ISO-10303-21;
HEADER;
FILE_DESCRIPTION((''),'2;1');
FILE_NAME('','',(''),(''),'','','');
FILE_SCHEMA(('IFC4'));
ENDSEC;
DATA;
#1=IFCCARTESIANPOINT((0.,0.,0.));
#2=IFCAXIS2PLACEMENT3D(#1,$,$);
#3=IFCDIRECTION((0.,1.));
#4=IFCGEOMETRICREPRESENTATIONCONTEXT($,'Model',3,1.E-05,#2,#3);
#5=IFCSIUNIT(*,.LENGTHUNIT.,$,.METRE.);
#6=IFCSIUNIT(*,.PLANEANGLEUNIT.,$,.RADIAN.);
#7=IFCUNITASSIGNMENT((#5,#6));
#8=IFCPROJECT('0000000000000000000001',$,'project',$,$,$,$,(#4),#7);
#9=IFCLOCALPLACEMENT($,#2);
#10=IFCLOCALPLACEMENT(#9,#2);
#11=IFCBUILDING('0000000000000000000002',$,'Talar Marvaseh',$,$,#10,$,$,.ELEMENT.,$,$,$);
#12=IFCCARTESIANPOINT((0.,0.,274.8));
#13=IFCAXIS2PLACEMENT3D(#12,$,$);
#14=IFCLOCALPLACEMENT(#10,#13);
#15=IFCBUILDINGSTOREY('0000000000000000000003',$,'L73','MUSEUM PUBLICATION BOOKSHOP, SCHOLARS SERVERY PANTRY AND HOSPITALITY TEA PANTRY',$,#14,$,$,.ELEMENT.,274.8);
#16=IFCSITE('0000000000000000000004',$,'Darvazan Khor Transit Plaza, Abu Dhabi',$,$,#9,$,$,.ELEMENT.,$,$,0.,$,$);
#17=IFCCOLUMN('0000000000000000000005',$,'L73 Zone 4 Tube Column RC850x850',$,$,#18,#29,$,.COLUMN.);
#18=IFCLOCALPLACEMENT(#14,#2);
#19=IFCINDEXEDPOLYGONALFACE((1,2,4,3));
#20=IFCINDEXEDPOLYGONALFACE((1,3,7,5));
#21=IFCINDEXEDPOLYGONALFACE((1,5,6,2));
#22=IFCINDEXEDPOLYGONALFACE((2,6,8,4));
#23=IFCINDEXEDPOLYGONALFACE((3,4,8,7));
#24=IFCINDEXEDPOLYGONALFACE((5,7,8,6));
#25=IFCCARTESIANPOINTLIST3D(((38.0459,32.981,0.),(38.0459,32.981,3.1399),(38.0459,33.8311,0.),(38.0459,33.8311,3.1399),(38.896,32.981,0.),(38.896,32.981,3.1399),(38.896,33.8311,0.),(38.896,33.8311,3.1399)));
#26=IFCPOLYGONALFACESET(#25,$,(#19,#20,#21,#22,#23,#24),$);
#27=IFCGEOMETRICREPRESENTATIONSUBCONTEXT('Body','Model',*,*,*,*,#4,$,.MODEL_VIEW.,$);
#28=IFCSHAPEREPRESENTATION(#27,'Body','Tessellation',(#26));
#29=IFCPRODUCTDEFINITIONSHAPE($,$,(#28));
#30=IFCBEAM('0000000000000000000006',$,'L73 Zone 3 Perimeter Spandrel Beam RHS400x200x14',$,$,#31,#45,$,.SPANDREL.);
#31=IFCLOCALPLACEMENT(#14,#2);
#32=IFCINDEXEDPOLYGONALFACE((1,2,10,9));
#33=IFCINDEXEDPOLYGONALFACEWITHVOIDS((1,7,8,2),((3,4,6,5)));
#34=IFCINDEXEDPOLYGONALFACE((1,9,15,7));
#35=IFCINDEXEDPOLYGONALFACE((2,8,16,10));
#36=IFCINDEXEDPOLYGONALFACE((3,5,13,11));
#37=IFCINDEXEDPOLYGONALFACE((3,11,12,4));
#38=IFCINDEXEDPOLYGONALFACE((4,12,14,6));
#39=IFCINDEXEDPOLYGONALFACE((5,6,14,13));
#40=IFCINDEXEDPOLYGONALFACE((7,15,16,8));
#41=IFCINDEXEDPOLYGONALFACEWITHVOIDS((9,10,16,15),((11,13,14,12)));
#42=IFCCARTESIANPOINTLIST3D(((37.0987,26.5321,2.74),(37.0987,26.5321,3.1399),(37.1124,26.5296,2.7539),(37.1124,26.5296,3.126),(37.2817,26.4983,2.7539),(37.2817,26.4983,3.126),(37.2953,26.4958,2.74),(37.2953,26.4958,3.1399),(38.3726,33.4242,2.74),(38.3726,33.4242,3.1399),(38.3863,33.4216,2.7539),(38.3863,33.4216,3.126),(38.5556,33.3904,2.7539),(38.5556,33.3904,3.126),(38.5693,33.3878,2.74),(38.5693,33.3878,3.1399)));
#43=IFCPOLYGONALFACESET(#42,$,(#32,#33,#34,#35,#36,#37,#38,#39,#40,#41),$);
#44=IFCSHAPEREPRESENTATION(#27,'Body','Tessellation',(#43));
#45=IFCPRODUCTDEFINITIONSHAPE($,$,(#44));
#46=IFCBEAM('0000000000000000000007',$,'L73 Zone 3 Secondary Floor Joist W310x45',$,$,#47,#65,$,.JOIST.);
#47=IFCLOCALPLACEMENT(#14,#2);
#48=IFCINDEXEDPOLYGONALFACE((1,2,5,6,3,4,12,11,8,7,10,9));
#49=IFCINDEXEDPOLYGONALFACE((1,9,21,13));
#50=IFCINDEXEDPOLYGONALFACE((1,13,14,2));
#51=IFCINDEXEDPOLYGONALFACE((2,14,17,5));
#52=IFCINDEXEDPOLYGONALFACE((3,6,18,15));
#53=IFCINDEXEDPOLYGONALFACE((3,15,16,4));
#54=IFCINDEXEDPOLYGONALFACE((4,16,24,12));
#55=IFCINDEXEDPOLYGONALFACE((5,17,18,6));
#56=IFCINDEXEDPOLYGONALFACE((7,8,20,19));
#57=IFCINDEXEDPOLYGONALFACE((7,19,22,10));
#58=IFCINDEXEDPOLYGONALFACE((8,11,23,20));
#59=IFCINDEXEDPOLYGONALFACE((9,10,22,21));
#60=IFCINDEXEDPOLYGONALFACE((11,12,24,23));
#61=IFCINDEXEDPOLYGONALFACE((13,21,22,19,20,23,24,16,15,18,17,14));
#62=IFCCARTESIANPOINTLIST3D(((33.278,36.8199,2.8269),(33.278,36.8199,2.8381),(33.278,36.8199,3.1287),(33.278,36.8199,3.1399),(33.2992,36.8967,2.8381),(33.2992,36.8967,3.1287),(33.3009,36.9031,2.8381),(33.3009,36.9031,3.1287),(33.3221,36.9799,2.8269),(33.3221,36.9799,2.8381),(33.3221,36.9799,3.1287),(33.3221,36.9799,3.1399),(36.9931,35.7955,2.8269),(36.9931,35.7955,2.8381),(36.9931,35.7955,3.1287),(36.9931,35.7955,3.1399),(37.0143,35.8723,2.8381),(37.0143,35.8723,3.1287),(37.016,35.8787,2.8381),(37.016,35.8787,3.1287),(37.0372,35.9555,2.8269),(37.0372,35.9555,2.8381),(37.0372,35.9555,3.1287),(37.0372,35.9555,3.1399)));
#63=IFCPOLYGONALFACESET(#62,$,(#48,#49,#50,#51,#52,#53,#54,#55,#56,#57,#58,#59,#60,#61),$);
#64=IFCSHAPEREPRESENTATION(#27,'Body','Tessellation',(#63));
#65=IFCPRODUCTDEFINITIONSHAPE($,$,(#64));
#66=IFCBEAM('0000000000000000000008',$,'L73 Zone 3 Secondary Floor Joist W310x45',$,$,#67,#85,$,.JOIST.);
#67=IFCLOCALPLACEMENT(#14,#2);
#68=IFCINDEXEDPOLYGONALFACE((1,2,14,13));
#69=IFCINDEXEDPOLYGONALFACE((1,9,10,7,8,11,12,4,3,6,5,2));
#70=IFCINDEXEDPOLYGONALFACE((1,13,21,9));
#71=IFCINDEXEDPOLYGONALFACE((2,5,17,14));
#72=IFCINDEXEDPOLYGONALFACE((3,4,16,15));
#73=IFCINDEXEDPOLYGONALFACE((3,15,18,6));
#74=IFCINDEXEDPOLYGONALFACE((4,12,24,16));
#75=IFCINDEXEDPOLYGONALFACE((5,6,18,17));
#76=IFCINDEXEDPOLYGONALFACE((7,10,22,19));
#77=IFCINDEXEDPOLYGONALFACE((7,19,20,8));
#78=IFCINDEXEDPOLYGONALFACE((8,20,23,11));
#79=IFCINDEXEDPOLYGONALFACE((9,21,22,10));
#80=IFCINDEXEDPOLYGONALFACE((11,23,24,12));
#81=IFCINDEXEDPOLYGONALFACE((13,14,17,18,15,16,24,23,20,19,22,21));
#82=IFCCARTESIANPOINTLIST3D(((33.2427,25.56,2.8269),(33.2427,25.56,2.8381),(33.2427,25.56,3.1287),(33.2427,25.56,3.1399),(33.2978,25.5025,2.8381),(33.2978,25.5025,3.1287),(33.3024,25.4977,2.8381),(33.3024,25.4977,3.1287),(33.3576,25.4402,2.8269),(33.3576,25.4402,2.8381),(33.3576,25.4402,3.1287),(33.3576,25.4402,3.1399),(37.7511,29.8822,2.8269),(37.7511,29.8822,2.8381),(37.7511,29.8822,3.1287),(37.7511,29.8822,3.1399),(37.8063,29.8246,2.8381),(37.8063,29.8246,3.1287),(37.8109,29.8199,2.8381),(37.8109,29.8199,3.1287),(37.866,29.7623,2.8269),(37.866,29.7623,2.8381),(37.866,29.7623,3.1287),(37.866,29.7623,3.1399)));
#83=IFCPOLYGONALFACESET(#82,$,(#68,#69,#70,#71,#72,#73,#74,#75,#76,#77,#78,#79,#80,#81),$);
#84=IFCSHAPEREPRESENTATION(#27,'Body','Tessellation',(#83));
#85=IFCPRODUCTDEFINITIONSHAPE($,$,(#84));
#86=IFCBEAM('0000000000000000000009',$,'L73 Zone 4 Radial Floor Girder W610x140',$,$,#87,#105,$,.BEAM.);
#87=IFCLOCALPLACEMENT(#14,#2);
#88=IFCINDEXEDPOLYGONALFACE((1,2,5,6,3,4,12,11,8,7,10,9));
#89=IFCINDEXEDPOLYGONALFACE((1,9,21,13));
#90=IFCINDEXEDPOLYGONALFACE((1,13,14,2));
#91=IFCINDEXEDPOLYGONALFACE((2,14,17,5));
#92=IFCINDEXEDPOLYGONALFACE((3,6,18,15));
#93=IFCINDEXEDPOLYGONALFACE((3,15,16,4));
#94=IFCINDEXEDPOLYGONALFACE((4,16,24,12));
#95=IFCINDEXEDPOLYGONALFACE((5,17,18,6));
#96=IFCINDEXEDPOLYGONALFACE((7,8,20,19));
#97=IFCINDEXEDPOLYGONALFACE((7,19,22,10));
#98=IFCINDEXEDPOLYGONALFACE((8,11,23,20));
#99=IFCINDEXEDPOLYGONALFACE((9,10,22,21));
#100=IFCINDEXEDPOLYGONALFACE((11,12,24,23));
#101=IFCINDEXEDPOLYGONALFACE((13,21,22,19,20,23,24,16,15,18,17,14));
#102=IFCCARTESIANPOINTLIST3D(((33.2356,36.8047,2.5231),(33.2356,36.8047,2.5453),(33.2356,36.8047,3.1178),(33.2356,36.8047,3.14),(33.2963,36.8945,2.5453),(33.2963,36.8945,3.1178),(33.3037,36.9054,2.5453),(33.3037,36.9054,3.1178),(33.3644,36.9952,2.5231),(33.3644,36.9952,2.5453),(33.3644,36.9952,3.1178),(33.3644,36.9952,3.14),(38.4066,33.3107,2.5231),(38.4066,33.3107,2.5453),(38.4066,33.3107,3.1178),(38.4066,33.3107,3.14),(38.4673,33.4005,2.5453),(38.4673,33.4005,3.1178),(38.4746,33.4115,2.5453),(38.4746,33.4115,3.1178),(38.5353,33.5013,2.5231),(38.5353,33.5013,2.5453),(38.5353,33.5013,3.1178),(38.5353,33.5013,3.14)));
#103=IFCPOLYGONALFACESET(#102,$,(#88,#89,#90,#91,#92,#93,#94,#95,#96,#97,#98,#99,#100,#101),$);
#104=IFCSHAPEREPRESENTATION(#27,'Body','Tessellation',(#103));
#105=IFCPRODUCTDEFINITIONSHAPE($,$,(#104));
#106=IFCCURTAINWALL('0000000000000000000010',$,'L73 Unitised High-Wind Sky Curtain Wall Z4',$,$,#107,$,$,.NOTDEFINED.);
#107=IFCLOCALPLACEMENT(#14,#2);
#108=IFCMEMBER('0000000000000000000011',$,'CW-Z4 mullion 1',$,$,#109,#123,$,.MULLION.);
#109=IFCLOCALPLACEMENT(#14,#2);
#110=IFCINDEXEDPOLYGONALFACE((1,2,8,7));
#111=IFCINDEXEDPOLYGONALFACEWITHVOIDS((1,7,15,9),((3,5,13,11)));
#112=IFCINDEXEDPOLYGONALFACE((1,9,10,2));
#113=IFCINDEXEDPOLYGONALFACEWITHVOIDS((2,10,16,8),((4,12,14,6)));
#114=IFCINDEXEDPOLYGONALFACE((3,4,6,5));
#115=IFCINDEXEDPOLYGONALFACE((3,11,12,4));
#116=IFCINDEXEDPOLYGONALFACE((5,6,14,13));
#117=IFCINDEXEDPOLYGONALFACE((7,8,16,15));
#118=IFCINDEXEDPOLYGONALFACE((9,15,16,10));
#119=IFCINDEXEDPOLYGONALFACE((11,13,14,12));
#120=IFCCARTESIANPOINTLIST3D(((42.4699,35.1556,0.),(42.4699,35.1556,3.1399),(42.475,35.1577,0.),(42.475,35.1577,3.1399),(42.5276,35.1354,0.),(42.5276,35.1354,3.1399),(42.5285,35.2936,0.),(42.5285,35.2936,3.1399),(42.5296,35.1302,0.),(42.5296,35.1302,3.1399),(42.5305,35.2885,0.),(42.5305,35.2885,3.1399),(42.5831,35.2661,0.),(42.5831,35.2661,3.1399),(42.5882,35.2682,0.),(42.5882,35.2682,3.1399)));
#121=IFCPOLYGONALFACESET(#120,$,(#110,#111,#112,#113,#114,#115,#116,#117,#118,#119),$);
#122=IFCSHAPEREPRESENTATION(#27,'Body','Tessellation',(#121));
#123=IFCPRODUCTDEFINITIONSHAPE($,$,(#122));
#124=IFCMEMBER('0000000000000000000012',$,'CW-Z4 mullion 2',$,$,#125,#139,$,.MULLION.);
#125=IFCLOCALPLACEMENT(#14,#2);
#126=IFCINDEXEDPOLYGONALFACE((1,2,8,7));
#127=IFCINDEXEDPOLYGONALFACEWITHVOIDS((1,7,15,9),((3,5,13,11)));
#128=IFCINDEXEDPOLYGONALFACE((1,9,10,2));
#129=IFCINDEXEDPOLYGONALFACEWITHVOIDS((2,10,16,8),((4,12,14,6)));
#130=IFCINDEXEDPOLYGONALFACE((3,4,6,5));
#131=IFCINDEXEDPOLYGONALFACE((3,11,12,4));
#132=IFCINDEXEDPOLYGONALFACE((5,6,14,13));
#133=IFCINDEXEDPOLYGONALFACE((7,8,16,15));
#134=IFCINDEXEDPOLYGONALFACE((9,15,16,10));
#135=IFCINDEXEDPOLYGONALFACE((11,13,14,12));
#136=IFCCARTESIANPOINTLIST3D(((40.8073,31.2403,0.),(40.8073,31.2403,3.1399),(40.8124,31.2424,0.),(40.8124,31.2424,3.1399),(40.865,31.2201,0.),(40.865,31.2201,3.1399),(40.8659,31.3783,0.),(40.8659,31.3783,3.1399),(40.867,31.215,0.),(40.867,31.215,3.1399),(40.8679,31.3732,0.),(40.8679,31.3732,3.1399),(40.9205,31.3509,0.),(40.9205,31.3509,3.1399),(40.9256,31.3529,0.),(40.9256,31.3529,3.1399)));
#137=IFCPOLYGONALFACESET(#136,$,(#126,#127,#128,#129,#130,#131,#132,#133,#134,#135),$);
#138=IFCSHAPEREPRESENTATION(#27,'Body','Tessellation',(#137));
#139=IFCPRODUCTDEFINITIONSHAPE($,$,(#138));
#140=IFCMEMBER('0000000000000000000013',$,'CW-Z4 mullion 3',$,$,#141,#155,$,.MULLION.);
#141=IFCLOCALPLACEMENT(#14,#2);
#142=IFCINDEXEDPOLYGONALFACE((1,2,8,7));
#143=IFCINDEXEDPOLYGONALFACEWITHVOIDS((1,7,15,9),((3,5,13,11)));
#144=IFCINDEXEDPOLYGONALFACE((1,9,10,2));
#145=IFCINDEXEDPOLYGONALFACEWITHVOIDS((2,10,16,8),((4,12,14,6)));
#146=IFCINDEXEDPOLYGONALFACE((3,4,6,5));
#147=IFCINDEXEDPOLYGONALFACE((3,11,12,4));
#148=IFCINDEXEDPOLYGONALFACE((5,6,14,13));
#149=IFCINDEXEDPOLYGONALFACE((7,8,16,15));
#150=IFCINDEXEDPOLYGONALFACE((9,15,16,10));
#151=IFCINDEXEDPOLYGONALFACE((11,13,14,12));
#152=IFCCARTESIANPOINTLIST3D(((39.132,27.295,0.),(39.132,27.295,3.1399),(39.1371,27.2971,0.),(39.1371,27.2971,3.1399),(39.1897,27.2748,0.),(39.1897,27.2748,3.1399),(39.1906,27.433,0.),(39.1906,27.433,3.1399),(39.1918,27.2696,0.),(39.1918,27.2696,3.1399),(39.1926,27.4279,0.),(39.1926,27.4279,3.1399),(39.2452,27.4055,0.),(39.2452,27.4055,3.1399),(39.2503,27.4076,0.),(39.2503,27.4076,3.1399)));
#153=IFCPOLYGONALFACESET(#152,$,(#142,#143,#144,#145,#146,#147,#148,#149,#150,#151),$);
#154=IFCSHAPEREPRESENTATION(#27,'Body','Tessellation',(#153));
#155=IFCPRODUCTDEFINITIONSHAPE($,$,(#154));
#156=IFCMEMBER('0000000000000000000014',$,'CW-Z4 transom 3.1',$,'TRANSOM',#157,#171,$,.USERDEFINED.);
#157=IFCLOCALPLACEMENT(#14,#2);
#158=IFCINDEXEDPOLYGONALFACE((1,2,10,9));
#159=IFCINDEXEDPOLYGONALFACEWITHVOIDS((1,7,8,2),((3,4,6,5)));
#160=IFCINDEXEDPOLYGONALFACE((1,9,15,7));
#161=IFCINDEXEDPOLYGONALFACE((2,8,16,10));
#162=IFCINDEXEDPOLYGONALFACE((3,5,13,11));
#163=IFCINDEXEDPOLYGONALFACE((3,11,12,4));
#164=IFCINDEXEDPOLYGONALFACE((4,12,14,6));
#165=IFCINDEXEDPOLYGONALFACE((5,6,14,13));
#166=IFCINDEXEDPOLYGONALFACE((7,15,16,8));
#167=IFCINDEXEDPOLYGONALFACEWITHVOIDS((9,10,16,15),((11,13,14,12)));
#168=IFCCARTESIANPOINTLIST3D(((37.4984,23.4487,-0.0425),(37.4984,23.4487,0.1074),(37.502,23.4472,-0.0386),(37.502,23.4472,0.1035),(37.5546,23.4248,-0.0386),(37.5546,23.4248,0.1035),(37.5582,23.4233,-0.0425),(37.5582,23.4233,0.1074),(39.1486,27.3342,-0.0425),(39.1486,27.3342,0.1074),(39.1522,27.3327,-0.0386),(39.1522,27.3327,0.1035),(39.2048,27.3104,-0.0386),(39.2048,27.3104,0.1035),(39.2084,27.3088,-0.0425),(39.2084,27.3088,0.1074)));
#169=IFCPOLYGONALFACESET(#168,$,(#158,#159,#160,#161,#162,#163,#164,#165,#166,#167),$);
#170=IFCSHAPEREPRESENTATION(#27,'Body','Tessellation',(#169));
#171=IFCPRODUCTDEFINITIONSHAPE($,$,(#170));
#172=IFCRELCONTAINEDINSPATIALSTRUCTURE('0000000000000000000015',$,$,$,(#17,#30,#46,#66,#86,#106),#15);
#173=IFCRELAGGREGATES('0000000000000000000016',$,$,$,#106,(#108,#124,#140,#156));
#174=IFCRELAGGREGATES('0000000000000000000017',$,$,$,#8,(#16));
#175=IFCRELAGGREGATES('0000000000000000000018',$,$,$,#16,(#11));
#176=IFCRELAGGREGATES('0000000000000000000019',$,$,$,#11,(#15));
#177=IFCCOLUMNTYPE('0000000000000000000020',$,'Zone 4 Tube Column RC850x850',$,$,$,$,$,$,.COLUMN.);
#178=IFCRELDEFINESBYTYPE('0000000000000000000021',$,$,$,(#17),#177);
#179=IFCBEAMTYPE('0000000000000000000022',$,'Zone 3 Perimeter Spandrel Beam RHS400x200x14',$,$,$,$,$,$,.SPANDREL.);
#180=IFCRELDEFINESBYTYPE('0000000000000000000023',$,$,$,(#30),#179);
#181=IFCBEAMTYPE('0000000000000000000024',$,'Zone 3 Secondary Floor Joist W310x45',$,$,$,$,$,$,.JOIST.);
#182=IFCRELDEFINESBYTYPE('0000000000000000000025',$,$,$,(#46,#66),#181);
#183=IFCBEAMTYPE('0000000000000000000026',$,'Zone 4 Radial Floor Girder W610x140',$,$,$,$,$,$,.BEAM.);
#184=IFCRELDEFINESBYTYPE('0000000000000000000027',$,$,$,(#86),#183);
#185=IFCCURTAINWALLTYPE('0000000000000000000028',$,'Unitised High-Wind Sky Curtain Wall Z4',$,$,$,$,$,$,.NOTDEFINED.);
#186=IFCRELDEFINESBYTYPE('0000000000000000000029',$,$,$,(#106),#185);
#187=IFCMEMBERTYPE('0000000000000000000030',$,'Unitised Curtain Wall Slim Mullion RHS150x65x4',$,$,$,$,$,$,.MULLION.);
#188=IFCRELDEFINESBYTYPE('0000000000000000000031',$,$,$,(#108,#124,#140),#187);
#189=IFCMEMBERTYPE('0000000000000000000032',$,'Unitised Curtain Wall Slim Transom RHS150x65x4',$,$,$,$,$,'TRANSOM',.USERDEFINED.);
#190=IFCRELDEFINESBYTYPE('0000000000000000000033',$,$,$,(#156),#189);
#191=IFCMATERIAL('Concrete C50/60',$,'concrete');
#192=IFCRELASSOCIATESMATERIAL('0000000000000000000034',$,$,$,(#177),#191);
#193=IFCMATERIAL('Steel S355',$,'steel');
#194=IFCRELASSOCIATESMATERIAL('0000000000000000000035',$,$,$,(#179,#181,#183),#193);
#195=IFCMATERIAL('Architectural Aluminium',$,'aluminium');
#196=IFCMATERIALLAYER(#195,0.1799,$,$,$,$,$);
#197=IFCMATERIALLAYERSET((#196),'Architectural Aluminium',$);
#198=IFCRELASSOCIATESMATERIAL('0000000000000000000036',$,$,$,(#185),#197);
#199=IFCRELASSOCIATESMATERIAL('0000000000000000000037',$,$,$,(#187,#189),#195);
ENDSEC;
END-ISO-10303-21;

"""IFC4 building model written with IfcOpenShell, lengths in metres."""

from ifc_helpers import new_model, si_unit, direction, frame, origin, origin_2d, place, context, subcontext, project, spatial, rectangle, hollow_rectangle, i_section, extrude, source, transform, mapped, material, layer, layer_set, material_profile, profile_set, type_object, type_shapes, element, aggregate, save


model = new_model("IFC4")

# Units and contexts
model_context = context("Model", 3, precision=1e-05, world=origin(), true_north=direction((0.0, 1.0)))
body_context = subcontext(model_context, "Body", "Model", "MODEL_VIEW")
ifc_project = project(units=[si_unit("LENGTHUNIT", "METRE"), si_unit("PLANEANGLEUNIT", "RADIAN")], contexts=[model_context])

# Site, building, storey
site_placement = place(None, origin())
site = spatial("IfcSite", under=ifc_project, at=site_placement, Name="Darvazan Khor Transit Plaza, Abu Dhabi", CompositionType="ELEMENT", RefElevation=0.0)
building_placement = place(site_placement, origin())
building = spatial("IfcBuilding", under=site, at=building_placement, Name="Talar Marvaseh", CompositionType="ELEMENT")
storey_placement = place(building_placement, frame((0.0, 0.0, 274.8)))
storey = spatial("IfcBuildingStorey", under=building, at=storey_placement, Name="L73", Description="MUSEUM PUBLICATION BOOKSHOP, SCHOLARS SERVERY PANTRY AND HOSPITALITY TEA PANTRY", CompositionType="ELEMENT", Elevation=274.8)

# Column
ifc_material_1 = material(Name="Concrete C50/60", Category="concrete")
ifc_material_profile_1 = material_profile(ifc_material_1, rectangle(XDim=0.8501, YDim=0.8501, at=origin_2d()), Name="RC850x850")
ifc_profile_set_1 = profile_set([ifc_material_profile_1], Name="Concrete C50/60")
column_type = type_object("IfcColumnType", Name="Zone 4 Tube Column RC850x850", PredefinedType="COLUMN", material=ifc_profile_set_1)
column_placement = place(storey_placement, frame((38.4709, 33.406, 0.0), z_axis=(0.0, 0.0, 1.0), x_axis=(1.0, 0.0, 0.0)))
element("IfcColumn", 1, at=column_placement, inside=storey, type_object=column_type, Name="L73 Zone 4 Tube Column RC850x850", PredefinedType="COLUMN", context=body_context, shape_type="SweptSolid", body=[
    extrude(rectangle(XDim=0.8501, YDim=0.8501, at=origin_2d()), origin(), (0.0, 0.0, 1.0), 3.1399),
])

# Beams
ifc_material_2 = material(Name="Steel S355", Category="steel")
ifc_material_profile_2 = material_profile(ifc_material_2, hollow_rectangle(XDim=0.2, YDim=0.3999, WallThickness=0.0139, at=origin_2d()), Name="RHS400x200x14")
ifc_profile_set_2 = profile_set([ifc_material_profile_2], Name="Steel S355")
beam_type_1 = type_object("IfcBeamType", Name="Zone 3 Perimeter Spandrel Beam RHS400x200x14", PredefinedType="SPANDREL", material=ifc_profile_set_2)
beam_1_placement = place(storey_placement, frame((38.4709, 33.406, 2.9399), z_axis=(-0.18176, -0.983343, 0.0), x_axis=(0.983343, -0.18176, 0.0)))
element("IfcBeam", 2, at=beam_1_placement, inside=storey, type_object=beam_type_1, Name="L73 Zone 3 Perimeter Spandrel Beam RHS400x200x14", PredefinedType="SPANDREL", context=body_context, shape_type="SweptSolid", body=[
    extrude(hollow_rectangle(XDim=0.2, YDim=0.3999, WallThickness=0.0139, at=origin_2d()), origin(), (0.0, 0.0, 1.0), 7.0088),
])
ifc_material_profile_3 = material_profile(ifc_material_2, i_section(OverallWidth=0.166, OverallDepth=0.313, WebThickness=0.0066, FlangeThickness=0.0112, at=origin_2d()), Name="W310x45")
ifc_profile_set_3 = profile_set([ifc_material_profile_3], Name="Steel S355")
beam_type_2 = type_object("IfcBeamType", Name="Zone 3 Secondary Floor Joist W310x45", PredefinedType="JOIST", material=ifc_profile_set_3)
beam_2_placement = place(storey_placement, frame((37.0151, 35.8755, 2.9834), z_axis=(-0.964022, 0.265823, 0.0), x_axis=(-0.265823, -0.964022, 0.0)))
element("IfcBeam", 3, at=beam_2_placement, inside=storey, type_object=beam_type_2, Name="L73 Zone 3 Secondary Floor Joist W310x45", PredefinedType="JOIST", context=body_context, shape_type="SweptSolid", body=[
    extrude(i_section(OverallWidth=0.166, OverallDepth=0.313, WebThickness=0.0066, FlangeThickness=0.0112, at=origin_2d()), origin(), (0.0, 0.0, 1.0), 3.8538),
])
beam_3_placement = place(storey_placement, frame((37.8086, 29.8223, 2.9834), z_axis=(-0.721862, -0.692037, 0.0), x_axis=(0.692037, -0.721862, 0.0)))
element("IfcBeam", 4, at=beam_3_placement, inside=storey, type_object=beam_type_2, Name="L73 Zone 3 Secondary Floor Joist W310x45", PredefinedType="JOIST", context=body_context, shape_type="SweptSolid", body=[
    extrude(i_section(OverallWidth=0.166, OverallDepth=0.313, WebThickness=0.0066, FlangeThickness=0.0112, at=origin_2d()), origin(), (0.0, 0.0, 1.0), 6.2456),
])
ifc_material_profile_4 = material_profile(ifc_material_2, i_section(OverallWidth=0.23, OverallDepth=0.6169, WebThickness=0.0132, FlangeThickness=0.0222, at=origin_2d()), Name="W610x140")
ifc_profile_set_4 = profile_set([ifc_material_profile_4], Name="Steel S355")
beam_type_3 = type_object("IfcBeamType", Name="Zone 4 Radial Floor Girder W610x140", PredefinedType="BEAM", material=ifc_profile_set_4)
beam_4_placement = place(storey_placement, frame((38.4709, 33.406, 2.8315), z_axis=(-0.828586, 0.559862, 0.0), x_axis=(-0.559862, -0.828586, 0.0)))
element("IfcBeam", 5, at=beam_4_placement, inside=storey, type_object=beam_type_3, Name="L73 Zone 4 Radial Floor Girder W610x140", PredefinedType="BEAM", context=body_context, shape_type="SweptSolid", body=[
    extrude(i_section(OverallWidth=0.23, OverallDepth=0.6169, WebThickness=0.0132, FlangeThickness=0.0222, at=origin_2d()), origin(), (0.0, 0.0, 1.0), 6.2407),
])

# Curtain wall, members
ifc_material_3 = material(Name="Architectural Aluminium", Category="aluminium")
ifc_layer_1 = layer(ifc_material_3, 0.1799)
ifc_layer_set_1 = layer_set([ifc_layer_1], Name="Architectural Aluminium")
curtain_wall_type = type_object("IfcCurtainWallType", Name="Unitised High-Wind Sky Curtain Wall Z4", PredefinedType="NOTDEFINED", material=ifc_layer_set_1)
curtain_wall_placement = place(storey_placement, origin())
curtain_wall = element("IfcCurtainWall", 6, at=curtain_wall_placement, inside=storey, type_object=curtain_wall_type, Name="L73 Unitised High-Wind Sky Curtain Wall Z4", PredefinedType="NOTDEFINED")
ifc_material_profile_5 = material_profile(ifc_material_3, hollow_rectangle(XDim=0.0649, YDim=0.1499, WallThickness=0.0039, at=origin_2d()), Name="RHS150x65x4")
ifc_profile_set_5 = profile_set([ifc_material_profile_5], Name="Architectural Aluminium")
member_type_1 = type_object("IfcMemberType", Name="Unitised Curtain Wall Slim Mullion RHS150x65x4", PredefinedType="MULLION", material=ifc_profile_set_5)
shared_shape_1 = source(origin(), body_context, "Body", "SweptSolid", [
    extrude(hollow_rectangle(XDim=0.0649, YDim=0.1499, WallThickness=0.0039, at=origin_2d()), origin(), (0.0, 0.0, 1.0), 3.1399),
])
type_shapes(member_type_1, [shared_shape_1])
member_1_placement = place(storey_placement, frame((42.5291, 35.2119, 0.0), z_axis=(0.0, 0.0, 1.0), x_axis=(0.920445, -0.390873, 0.0)))
member_1 = element("IfcMember", 7, at=member_1_placement, type_object=member_type_1, Name="CW-Z4 mullion 1", PredefinedType="MULLION", context=body_context, shape_type="MappedRepresentation", body=[
    mapped(shared_shape_1, transform((0.0, 0.0, 0.0), x_axis=(1.0, 0.0, 0.0), y_axis=(0.0, 1.0, 0.0), z_axis=(0.0, 0.0, 1.0), scale=1.0)),
])
member_2_placement = place(storey_placement, frame((40.8665, 31.2966, 0.0), z_axis=(0.0, 0.0, 1.0), x_axis=(0.920445, -0.390873, 0.0)))
member_2 = element("IfcMember", 8, at=member_2_placement, type_object=member_type_1, Name="CW-Z4 mullion 2", PredefinedType="MULLION", context=body_context, shape_type="MappedRepresentation", body=[
    mapped(shared_shape_1, transform((0.0, 0.0, 0.0), x_axis=(1.0, 0.0, 0.0), y_axis=(0.0, 1.0, 0.0), z_axis=(0.0, 0.0, 1.0), scale=1.0)),
])
member_3_placement = place(storey_placement, frame((39.1912, 27.3513, 0.0), z_axis=(0.0, 0.0, 1.0), x_axis=(0.920445, -0.390873, 0.0)))
member_3 = element("IfcMember", 9, at=member_3_placement, type_object=member_type_1, Name="CW-Z4 mullion 3", PredefinedType="MULLION", context=body_context, shape_type="MappedRepresentation", body=[
    mapped(shared_shape_1, transform((0.0, 0.0, 0.0), x_axis=(1.0, 0.0, 0.0), y_axis=(0.0, 1.0, 0.0), z_axis=(0.0, 0.0, 1.0), scale=1.0)),
])
ifc_material_profile_6 = material_profile(ifc_material_3, hollow_rectangle(XDim=0.0649, YDim=0.1499, WallThickness=0.0039, at=origin_2d()), Name="RHS150x65x4")
ifc_profile_set_6 = profile_set([ifc_material_profile_6], Name="Architectural Aluminium")
member_type_2 = type_object("IfcMemberType", Name="Unitised Curtain Wall Slim Transom RHS150x65x4", ElementType="TRANSOM", PredefinedType="USERDEFINED", material=ifc_profile_set_6)
shared_shape_2 = source(origin(), body_context, "Body", "SweptSolid", [
    extrude(hollow_rectangle(XDim=0.0649, YDim=0.1499, WallThickness=0.0039, at=origin_2d()), origin(), (0.0, 0.0, 1.0), 4.2214),
])
member_4_placement = place(storey_placement, frame((39.1785, 27.3215, 0.0325), z_axis=(-0.390902, -0.920432, 0.0), x_axis=(0.920432, -0.390902, 0.0)))
member_4 = element("IfcMember", 10, at=member_4_placement, type_object=member_type_2, Name="CW-Z4 transom 3.1", ObjectType="TRANSOM", PredefinedType="USERDEFINED", context=body_context, shape_type="MappedRepresentation", body=[
    mapped(shared_shape_2, transform((0.0, 0.0, 0.0), x_axis=(1.0, 0.0, 0.0), y_axis=(0.0, 1.0, 0.0), z_axis=(0.0, 0.0, 1.0), scale=1.0)),
])
aggregate(curtain_wall, [member_1, member_2, member_3, member_4])

save(model, "model.ifc")
